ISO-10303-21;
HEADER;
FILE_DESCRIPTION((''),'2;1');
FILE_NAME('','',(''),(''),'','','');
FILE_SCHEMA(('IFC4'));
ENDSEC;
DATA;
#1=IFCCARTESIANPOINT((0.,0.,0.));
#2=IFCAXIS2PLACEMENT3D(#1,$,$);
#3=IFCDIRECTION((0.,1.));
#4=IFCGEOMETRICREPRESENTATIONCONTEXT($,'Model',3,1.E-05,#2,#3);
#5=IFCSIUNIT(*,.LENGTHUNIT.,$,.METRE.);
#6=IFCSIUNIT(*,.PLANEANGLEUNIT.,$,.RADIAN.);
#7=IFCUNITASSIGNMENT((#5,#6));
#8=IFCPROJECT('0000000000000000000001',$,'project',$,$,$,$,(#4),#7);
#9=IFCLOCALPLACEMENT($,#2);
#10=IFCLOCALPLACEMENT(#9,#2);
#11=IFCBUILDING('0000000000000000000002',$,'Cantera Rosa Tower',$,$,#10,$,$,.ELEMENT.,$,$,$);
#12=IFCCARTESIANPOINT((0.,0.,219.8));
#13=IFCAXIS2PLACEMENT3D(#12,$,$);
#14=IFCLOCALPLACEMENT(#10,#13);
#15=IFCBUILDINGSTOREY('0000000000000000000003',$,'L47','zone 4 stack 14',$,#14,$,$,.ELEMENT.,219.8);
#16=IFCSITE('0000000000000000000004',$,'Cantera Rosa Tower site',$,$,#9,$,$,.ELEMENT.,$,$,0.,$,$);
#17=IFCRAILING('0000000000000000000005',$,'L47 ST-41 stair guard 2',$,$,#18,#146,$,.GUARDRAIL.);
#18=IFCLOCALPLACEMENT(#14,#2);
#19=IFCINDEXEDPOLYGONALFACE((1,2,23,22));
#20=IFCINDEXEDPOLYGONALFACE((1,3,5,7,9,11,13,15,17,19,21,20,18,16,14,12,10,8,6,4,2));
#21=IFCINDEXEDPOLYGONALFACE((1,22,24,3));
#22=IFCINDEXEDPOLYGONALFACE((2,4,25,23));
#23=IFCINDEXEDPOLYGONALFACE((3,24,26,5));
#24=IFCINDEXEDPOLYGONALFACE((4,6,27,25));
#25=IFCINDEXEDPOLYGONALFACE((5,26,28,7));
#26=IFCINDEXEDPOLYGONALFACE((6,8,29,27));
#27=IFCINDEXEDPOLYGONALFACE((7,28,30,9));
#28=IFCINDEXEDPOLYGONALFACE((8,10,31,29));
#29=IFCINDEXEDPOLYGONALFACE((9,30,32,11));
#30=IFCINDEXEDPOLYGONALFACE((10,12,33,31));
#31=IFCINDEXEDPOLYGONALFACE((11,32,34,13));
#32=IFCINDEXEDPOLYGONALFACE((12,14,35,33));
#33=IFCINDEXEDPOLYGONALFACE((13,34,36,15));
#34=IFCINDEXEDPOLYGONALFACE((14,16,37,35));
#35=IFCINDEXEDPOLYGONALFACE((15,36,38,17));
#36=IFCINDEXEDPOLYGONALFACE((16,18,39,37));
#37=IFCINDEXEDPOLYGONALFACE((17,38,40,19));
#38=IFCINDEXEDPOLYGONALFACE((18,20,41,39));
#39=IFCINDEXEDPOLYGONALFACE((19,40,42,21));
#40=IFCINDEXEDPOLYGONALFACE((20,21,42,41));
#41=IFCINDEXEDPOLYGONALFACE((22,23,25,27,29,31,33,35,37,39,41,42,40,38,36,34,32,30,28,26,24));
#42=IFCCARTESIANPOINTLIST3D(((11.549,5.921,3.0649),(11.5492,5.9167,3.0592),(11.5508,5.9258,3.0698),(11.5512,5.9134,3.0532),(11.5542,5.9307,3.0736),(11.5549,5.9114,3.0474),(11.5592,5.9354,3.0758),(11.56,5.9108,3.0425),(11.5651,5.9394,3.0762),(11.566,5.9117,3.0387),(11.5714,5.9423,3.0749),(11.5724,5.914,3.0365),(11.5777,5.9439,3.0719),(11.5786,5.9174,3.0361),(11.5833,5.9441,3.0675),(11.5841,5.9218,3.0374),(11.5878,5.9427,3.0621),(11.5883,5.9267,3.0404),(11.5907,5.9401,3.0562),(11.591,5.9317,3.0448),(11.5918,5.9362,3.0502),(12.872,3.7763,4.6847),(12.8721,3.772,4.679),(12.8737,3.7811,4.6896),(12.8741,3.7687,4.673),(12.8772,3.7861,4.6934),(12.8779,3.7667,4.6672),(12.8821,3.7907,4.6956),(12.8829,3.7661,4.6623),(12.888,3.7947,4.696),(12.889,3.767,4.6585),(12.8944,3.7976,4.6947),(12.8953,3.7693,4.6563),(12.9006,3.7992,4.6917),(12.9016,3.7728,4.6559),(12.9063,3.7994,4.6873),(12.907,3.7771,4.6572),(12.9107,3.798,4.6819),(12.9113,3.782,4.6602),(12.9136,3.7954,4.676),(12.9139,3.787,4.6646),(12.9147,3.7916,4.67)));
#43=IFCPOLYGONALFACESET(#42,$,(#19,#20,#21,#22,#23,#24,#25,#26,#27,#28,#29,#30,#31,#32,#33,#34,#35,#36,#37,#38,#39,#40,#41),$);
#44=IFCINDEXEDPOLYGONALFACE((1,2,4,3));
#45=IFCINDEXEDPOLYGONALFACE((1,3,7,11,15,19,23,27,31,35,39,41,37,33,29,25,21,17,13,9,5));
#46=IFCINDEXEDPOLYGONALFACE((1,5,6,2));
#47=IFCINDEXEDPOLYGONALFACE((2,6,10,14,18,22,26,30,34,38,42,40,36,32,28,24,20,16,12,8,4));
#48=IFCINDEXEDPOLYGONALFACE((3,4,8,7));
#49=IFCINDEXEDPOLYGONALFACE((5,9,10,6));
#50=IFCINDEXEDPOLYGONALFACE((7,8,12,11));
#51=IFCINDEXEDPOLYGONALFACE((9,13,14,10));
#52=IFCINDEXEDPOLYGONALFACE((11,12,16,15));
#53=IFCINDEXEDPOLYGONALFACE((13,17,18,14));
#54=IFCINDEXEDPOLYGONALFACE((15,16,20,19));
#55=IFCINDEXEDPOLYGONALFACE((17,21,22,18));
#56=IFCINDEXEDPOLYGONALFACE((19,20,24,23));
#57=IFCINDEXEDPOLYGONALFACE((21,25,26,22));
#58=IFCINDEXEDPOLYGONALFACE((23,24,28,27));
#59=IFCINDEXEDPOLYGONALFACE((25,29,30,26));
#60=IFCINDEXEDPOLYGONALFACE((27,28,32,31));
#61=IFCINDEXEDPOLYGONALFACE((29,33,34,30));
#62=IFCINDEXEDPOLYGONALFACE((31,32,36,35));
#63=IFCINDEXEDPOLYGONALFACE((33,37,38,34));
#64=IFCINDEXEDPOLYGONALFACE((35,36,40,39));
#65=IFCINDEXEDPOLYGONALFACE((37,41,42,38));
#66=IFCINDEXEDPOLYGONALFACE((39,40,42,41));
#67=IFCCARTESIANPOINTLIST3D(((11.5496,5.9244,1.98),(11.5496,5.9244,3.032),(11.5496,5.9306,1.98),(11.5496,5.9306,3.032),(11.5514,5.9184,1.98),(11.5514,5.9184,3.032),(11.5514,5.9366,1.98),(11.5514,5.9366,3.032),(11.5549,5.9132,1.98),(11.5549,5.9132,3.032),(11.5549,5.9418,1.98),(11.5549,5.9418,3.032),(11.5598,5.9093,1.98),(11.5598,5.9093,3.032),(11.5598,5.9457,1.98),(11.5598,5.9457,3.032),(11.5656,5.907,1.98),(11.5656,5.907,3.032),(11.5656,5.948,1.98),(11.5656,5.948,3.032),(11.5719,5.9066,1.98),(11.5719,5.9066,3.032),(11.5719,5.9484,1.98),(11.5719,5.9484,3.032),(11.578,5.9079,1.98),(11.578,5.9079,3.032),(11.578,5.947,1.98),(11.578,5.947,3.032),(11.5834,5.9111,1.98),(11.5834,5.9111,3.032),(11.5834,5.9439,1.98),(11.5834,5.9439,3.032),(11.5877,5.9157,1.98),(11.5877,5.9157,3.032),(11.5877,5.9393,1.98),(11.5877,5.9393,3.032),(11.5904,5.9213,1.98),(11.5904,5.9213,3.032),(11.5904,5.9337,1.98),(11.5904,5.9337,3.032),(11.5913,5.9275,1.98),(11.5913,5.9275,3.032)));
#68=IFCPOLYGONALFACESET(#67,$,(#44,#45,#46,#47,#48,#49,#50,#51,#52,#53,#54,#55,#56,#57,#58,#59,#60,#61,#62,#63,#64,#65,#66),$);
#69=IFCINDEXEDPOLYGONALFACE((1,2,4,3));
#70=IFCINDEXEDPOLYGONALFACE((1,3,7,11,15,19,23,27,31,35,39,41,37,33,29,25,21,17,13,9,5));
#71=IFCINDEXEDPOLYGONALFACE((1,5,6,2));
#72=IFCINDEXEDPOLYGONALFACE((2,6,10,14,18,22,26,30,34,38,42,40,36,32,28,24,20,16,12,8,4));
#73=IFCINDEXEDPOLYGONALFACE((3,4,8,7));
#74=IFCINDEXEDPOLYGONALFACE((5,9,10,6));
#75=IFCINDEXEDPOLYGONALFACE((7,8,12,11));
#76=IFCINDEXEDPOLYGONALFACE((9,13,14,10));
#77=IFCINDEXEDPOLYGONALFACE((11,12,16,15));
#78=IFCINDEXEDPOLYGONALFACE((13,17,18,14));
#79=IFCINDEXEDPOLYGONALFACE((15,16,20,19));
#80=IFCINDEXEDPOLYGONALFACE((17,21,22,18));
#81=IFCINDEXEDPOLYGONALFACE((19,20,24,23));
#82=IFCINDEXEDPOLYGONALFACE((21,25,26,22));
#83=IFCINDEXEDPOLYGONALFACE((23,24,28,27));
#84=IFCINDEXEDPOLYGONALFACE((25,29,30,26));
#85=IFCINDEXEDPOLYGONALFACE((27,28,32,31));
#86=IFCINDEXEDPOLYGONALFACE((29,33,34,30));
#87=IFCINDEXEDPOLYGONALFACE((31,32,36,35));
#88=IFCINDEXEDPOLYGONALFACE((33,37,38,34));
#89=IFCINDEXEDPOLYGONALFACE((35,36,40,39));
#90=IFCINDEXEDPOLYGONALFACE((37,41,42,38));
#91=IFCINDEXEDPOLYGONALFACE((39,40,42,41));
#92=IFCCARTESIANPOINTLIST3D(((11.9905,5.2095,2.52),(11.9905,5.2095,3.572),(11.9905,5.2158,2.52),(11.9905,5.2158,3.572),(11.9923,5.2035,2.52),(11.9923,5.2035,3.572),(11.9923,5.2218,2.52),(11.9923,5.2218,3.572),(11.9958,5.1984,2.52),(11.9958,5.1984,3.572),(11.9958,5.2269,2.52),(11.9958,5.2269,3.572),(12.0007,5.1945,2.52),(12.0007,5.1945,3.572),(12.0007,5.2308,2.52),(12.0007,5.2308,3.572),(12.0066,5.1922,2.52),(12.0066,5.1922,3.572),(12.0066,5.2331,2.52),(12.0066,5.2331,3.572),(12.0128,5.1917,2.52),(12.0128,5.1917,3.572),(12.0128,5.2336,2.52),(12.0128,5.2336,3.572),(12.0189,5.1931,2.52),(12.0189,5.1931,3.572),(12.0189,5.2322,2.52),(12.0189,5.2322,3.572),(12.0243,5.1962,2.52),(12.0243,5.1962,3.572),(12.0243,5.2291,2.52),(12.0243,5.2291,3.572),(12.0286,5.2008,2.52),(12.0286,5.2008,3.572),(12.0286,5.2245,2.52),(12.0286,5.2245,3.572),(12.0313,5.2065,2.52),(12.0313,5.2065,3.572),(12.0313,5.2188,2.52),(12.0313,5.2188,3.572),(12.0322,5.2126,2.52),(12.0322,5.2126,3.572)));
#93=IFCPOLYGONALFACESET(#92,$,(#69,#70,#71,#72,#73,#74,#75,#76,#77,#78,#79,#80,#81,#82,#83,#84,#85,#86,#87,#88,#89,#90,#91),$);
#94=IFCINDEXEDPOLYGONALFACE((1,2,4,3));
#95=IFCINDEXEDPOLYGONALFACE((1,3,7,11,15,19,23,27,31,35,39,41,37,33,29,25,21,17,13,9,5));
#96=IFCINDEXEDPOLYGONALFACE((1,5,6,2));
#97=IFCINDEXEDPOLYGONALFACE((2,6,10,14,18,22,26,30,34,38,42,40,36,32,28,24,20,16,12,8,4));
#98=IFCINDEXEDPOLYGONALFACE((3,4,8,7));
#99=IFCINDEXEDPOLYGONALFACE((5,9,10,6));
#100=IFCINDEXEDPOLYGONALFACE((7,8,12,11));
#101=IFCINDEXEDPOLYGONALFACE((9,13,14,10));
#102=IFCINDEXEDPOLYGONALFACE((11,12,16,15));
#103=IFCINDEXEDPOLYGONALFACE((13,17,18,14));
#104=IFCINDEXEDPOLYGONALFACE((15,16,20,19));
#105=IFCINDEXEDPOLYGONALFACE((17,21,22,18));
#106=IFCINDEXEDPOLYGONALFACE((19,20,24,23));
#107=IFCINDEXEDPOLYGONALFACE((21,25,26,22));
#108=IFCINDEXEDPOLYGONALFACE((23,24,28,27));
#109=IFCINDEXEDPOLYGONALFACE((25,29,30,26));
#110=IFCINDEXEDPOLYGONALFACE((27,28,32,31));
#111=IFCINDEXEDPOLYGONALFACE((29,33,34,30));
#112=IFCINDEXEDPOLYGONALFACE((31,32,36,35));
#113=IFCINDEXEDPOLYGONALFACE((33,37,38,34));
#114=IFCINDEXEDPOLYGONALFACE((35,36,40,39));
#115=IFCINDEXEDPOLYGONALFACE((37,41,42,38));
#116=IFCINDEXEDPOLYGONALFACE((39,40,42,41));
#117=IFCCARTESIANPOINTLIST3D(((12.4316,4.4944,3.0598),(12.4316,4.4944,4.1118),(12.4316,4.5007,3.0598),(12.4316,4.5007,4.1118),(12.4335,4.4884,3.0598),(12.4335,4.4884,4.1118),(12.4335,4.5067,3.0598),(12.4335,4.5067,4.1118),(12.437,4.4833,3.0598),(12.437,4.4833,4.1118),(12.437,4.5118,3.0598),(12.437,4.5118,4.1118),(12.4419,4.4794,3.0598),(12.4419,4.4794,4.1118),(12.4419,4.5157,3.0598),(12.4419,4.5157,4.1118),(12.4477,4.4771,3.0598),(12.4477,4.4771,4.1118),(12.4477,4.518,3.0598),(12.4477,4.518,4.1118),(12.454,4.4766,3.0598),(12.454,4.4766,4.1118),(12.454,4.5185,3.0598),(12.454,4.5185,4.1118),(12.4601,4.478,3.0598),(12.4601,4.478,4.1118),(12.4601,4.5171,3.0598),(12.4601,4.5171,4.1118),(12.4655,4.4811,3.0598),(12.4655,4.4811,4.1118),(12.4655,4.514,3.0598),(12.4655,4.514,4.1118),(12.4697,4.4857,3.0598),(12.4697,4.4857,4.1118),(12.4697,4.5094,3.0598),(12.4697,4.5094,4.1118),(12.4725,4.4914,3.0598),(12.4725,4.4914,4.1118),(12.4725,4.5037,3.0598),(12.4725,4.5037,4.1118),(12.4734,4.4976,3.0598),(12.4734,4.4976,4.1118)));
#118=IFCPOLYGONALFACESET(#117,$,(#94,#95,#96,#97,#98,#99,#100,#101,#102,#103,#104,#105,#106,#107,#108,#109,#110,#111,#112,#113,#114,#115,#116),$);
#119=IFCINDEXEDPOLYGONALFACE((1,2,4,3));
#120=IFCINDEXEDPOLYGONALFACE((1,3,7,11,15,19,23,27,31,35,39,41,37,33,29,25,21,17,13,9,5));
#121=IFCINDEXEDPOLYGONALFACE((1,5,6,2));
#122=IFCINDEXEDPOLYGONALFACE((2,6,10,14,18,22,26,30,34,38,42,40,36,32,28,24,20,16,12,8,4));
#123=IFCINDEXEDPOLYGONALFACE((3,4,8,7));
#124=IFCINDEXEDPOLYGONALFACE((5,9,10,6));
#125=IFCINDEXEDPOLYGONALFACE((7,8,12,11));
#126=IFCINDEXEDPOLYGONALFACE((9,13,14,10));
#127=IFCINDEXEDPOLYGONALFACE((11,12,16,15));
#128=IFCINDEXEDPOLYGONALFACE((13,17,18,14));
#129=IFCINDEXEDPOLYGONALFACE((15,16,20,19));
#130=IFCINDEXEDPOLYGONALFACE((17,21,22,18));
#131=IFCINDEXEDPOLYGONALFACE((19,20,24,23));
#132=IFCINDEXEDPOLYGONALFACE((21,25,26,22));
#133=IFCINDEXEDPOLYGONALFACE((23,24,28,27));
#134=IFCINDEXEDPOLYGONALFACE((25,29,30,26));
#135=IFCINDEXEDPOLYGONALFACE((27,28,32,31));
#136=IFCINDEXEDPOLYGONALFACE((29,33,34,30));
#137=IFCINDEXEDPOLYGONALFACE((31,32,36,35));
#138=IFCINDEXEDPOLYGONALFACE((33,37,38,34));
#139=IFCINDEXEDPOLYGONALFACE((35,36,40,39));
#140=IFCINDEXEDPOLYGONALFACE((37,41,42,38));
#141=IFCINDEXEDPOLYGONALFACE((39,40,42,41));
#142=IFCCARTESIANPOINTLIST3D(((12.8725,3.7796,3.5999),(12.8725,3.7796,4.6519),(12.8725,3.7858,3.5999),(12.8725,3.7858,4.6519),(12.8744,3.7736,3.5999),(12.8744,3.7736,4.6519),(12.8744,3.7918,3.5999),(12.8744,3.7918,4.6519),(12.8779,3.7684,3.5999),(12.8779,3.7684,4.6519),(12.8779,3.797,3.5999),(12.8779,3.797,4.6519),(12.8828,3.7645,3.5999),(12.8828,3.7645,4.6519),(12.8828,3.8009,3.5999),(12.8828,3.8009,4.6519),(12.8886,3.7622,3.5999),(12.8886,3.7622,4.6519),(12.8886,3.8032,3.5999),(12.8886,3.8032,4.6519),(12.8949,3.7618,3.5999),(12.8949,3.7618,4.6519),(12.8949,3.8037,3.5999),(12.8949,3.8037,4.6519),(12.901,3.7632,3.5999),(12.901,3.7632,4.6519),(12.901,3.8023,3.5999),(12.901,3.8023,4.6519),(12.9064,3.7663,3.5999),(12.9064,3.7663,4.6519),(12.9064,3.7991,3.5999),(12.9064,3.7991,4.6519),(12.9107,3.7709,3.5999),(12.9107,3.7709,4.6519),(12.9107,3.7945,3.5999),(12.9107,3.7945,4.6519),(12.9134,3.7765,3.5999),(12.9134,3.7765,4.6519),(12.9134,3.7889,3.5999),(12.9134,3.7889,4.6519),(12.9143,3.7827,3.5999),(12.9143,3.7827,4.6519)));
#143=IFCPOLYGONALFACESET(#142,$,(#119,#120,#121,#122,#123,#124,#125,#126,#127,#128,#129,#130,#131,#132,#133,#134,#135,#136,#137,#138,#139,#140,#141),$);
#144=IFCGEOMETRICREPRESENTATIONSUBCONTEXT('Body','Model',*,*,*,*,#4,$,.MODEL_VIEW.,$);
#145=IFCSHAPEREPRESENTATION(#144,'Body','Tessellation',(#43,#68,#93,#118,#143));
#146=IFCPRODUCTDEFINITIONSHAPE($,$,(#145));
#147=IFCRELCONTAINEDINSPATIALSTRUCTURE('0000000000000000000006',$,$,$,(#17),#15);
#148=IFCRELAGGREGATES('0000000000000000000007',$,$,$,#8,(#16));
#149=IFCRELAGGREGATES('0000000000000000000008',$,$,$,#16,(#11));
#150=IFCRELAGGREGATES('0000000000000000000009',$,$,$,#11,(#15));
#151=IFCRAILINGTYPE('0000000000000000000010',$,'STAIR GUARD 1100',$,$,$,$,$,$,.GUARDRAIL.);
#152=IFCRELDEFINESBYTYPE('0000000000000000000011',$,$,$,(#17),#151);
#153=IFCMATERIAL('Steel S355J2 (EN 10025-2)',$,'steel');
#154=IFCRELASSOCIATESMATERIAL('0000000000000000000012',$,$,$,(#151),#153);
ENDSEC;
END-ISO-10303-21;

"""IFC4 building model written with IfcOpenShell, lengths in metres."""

from ifc_helpers import new_model, si_unit, direction, frame, origin, origin_2d, place, context, subcontext, project, spatial, circle, extrude, material, type_object, element, save


model = new_model("IFC4")

# Units and contexts
model_context = context("Model", 3, precision=1e-05, world=origin(), true_north=direction((0.0, 1.0)))
body_context = subcontext(model_context, "Body", "Model", "MODEL_VIEW")
ifc_project = project(units=[si_unit("LENGTHUNIT", "METRE"), si_unit("PLANEANGLEUNIT", "RADIAN")], contexts=[model_context])

# Site, building, storey
site_placement = place(None, origin())
site = spatial("IfcSite", under=ifc_project, at=site_placement, Name="Cantera Rosa Tower site", CompositionType="ELEMENT", RefElevation=0.0)
building_placement = place(site_placement, origin())
building = spatial("IfcBuilding", under=site, at=building_placement, Name="Cantera Rosa Tower", CompositionType="ELEMENT")
storey_placement = place(building_placement, frame((0.0, 0.0, 219.8)))
storey = spatial("IfcBuildingStorey", under=building, at=storey_placement, Name="L47", Description="zone 4 stack 14", CompositionType="ELEMENT", Elevation=219.8)

# Railing
ifc_material_1 = material(Name="Steel S355J2 (EN 10025-2)", Category="steel")
railing_type_1 = type_object("IfcRailingType", Name="STAIR GUARD 1100", PredefinedType="GUARDRAIL", material=ifc_material_1)
railing_1_placement = place(storey_placement, frame((11.5703, 5.9275, 1.98)))
element("IfcRailing", 1, at=railing_1_placement, inside=storey, type_object=railing_type_1, Name="L47 ST-41 stair guard 2", PredefinedType="GUARDRAIL", context=body_context, shape_type="SweptSolid", body=[
    extrude(circle(Radius=0.0239, at=origin_2d()), frame((0.0, 0.0, 1.0762), z_axis=(0.441629, -0.715945, 0.540728), x_axis=(0.851102, 0.525, 0.0)), (0.0, 0.0, 1.0), 2.9956),
    extrude(circle(Radius=0.021, at=origin_2d()), origin(), (0.0, 0.0, 1.0), 1.052),
    extrude(circle(Radius=0.021, at=origin_2d()), frame((0.4409, -0.7148, 0.54)), (0.0, 0.0, 1.0), 1.052),
    extrude(circle(Radius=0.021, at=origin_2d()), frame((0.8821, -1.4299, 1.0798)), (0.0, 0.0, 1.0), 1.052),
    extrude(circle(Radius=0.021, at=origin_2d()), frame((1.323, -2.1448, 1.6199)), (0.0, 0.0, 1.0), 1.052),
])

save(model, "model.ifc")
